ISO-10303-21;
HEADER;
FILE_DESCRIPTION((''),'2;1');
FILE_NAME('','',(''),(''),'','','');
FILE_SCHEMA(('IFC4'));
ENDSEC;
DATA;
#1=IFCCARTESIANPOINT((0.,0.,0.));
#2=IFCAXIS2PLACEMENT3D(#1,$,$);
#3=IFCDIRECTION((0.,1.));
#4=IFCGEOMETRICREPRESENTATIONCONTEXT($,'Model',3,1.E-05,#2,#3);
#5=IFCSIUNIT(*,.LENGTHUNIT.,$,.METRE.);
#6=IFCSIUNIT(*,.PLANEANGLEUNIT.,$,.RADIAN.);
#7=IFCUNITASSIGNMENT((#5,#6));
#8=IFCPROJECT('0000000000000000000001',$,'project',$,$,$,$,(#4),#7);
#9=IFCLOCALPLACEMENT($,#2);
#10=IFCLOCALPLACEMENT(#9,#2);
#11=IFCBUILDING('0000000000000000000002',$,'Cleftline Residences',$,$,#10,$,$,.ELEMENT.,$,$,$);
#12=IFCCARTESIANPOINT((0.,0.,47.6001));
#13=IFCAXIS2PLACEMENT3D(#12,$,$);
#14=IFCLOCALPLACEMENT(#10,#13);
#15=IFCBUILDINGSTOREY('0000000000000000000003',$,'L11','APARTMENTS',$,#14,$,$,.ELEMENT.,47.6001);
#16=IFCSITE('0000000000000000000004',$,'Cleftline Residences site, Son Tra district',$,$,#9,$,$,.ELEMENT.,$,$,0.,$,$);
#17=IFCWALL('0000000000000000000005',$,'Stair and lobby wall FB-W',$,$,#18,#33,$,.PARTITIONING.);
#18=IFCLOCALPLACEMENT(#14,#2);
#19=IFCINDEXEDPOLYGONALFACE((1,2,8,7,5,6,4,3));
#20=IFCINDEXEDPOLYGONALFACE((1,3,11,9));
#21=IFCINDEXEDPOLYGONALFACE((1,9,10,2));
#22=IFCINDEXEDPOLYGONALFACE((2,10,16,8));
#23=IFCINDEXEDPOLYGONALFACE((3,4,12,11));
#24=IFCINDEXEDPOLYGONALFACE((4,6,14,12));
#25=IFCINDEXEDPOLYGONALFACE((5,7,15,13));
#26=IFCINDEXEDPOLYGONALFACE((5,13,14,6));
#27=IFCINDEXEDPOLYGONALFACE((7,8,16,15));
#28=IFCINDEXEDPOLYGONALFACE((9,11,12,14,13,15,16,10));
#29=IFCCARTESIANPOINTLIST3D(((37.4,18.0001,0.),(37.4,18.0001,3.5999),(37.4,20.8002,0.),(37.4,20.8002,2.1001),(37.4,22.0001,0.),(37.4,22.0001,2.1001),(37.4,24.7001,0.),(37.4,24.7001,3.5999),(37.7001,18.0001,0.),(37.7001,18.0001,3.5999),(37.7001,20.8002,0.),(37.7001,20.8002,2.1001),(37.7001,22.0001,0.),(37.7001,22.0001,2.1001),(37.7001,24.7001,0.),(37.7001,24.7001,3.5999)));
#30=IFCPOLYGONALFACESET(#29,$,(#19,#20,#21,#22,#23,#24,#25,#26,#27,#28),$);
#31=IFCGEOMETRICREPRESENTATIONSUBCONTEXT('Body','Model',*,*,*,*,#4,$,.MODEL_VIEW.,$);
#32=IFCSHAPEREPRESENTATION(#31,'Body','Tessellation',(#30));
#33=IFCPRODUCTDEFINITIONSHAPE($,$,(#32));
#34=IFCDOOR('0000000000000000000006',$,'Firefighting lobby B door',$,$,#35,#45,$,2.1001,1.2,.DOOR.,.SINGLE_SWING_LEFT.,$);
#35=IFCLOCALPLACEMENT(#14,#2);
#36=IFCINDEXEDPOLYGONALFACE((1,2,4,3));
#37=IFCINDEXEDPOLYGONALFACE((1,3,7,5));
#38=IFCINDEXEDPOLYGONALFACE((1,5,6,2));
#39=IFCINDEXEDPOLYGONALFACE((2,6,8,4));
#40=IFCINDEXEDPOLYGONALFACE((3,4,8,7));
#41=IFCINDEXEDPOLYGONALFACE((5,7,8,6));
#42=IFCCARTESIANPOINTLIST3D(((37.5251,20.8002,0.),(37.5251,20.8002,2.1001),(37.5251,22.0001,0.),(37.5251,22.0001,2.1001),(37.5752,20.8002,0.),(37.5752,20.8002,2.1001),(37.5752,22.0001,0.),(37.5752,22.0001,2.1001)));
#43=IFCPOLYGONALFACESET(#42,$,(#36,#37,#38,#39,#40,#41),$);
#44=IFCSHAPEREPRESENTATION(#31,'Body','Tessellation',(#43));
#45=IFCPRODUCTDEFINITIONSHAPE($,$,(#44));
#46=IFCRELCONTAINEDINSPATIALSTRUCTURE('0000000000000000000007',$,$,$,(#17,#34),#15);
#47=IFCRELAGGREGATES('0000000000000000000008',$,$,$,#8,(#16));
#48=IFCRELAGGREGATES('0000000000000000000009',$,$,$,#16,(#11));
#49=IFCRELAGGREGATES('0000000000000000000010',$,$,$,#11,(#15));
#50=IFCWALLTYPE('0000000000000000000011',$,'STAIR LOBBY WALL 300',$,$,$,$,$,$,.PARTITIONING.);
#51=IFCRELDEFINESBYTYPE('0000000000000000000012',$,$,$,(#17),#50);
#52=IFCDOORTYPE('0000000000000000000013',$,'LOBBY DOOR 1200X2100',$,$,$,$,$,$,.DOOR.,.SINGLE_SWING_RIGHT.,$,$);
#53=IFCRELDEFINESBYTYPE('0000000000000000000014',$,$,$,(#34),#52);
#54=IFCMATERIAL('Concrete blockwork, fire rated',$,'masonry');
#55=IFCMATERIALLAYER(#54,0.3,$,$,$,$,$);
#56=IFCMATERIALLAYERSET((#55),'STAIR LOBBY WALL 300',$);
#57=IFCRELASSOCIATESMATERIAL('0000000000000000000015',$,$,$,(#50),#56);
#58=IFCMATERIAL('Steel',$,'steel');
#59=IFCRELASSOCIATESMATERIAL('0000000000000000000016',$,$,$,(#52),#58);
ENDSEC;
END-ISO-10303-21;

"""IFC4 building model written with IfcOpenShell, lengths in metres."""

from ifc_helpers import new_model, si_unit, direction, frame, frame_2d, origin, place, context, subcontext, project, spatial, rectangle, extrude, material, layer, layer_set, type_object, element, fill, save


model = new_model("IFC4")

# Units and contexts
model_context = context("Model", 3, precision=1e-05, world=origin(), true_north=direction((0.0, 1.0)))
body_context = subcontext(model_context, "Body", "Model", "MODEL_VIEW")
ifc_project = project(units=[si_unit("LENGTHUNIT", "METRE"), si_unit("PLANEANGLEUNIT", "RADIAN")], contexts=[model_context])

# Site, building, storey
site_placement = place(None, origin())
site = spatial("IfcSite", under=ifc_project, at=site_placement, Name="Cleftline Residences site, Son Tra district", CompositionType="ELEMENT", RefElevation=0.0)
building_placement = place(site_placement, origin())
building = spatial("IfcBuilding", under=site, at=building_placement, Name="Cleftline Residences", CompositionType="ELEMENT")
storey_placement = place(building_placement, frame((0.0, 0.0, 47.6001)))
storey = spatial("IfcBuildingStorey", under=building, at=storey_placement, Name="L11", Description="APARTMENTS", CompositionType="ELEMENT", Elevation=47.6001)

# Wall, opening, door
ifc_material_1 = material(Name="Concrete blockwork, fire rated", Category="masonry")
ifc_layer_1 = layer(ifc_material_1, 0.3)
ifc_layer_set_1 = layer_set([ifc_layer_1], Name="STAIR LOBBY WALL 300")
wall_type_1 = type_object("IfcWallType", Name="STAIR LOBBY WALL 300", PredefinedType="PARTITIONING", material=ifc_layer_set_1)
wall_1_placement = place(storey_placement, frame((37.55, 18.0, 0.0), z_axis=(0.0, 0.0, 1.0), x_axis=(0.0, 1.0, 0.0)))
wall_1 = element("IfcWall", 1, at=wall_1_placement, inside=storey, type_object=wall_type_1, Name="Stair and lobby wall FB-W", PredefinedType="PARTITIONING", context=body_context, shape_type="SweptSolid", body=[
    extrude(rectangle(XDim=6.7, YDim=0.3, at=frame_2d((3.3501, 0.0))), origin(), (0.0, 0.0, 1.0), 3.5999),
])
opening_1_placement = place(wall_1_placement, frame((2.8, 0.0, 0.0)))
opening_1 = element("IfcOpeningElement", 2, at=opening_1_placement, cuts=wall_1, PredefinedType="OPENING", context=body_context, shape_type="SweptSolid", body=[
    extrude(rectangle(XDim=1.2, YDim=2.1001, at=frame_2d((0.6001, 1.05))), frame((0.0, 0.1599, 0.0), z_axis=(0.0, -1.0, 0.0), x_axis=(1.0, 0.0, 0.0)), (0.0, 0.0, 1.0), 0.3201),
])
ifc_material_2 = material(Name="Steel", Category="steel")
door_type_1 = type_object("IfcDoorType", Name="LOBBY DOOR 1200X2100", OperationType="SINGLE_SWING_RIGHT", PredefinedType="DOOR", material=ifc_material_2)
door_1_placement = place(opening_1_placement, origin())
door_1 = element("IfcDoor", 3, at=door_1_placement, inside=storey, type_object=door_type_1, Name="Firefighting lobby B door", OperationType="SINGLE_SWING_LEFT", OverallHeight=2.1001, OverallWidth=1.2, PredefinedType="DOOR", context=body_context, shape_type="SweptSolid", body=[
    extrude(rectangle(XDim=1.2, YDim=2.1001, at=frame_2d((0.6001, 1.05))), frame((0.0, 0.0249, 0.0), z_axis=(0.0, -1.0, 0.0), x_axis=(1.0, 0.0, 0.0)), (0.0, 0.0, 1.0), 0.05),
])
fill(opening_1, door_1)

save(model, "model.ifc")
